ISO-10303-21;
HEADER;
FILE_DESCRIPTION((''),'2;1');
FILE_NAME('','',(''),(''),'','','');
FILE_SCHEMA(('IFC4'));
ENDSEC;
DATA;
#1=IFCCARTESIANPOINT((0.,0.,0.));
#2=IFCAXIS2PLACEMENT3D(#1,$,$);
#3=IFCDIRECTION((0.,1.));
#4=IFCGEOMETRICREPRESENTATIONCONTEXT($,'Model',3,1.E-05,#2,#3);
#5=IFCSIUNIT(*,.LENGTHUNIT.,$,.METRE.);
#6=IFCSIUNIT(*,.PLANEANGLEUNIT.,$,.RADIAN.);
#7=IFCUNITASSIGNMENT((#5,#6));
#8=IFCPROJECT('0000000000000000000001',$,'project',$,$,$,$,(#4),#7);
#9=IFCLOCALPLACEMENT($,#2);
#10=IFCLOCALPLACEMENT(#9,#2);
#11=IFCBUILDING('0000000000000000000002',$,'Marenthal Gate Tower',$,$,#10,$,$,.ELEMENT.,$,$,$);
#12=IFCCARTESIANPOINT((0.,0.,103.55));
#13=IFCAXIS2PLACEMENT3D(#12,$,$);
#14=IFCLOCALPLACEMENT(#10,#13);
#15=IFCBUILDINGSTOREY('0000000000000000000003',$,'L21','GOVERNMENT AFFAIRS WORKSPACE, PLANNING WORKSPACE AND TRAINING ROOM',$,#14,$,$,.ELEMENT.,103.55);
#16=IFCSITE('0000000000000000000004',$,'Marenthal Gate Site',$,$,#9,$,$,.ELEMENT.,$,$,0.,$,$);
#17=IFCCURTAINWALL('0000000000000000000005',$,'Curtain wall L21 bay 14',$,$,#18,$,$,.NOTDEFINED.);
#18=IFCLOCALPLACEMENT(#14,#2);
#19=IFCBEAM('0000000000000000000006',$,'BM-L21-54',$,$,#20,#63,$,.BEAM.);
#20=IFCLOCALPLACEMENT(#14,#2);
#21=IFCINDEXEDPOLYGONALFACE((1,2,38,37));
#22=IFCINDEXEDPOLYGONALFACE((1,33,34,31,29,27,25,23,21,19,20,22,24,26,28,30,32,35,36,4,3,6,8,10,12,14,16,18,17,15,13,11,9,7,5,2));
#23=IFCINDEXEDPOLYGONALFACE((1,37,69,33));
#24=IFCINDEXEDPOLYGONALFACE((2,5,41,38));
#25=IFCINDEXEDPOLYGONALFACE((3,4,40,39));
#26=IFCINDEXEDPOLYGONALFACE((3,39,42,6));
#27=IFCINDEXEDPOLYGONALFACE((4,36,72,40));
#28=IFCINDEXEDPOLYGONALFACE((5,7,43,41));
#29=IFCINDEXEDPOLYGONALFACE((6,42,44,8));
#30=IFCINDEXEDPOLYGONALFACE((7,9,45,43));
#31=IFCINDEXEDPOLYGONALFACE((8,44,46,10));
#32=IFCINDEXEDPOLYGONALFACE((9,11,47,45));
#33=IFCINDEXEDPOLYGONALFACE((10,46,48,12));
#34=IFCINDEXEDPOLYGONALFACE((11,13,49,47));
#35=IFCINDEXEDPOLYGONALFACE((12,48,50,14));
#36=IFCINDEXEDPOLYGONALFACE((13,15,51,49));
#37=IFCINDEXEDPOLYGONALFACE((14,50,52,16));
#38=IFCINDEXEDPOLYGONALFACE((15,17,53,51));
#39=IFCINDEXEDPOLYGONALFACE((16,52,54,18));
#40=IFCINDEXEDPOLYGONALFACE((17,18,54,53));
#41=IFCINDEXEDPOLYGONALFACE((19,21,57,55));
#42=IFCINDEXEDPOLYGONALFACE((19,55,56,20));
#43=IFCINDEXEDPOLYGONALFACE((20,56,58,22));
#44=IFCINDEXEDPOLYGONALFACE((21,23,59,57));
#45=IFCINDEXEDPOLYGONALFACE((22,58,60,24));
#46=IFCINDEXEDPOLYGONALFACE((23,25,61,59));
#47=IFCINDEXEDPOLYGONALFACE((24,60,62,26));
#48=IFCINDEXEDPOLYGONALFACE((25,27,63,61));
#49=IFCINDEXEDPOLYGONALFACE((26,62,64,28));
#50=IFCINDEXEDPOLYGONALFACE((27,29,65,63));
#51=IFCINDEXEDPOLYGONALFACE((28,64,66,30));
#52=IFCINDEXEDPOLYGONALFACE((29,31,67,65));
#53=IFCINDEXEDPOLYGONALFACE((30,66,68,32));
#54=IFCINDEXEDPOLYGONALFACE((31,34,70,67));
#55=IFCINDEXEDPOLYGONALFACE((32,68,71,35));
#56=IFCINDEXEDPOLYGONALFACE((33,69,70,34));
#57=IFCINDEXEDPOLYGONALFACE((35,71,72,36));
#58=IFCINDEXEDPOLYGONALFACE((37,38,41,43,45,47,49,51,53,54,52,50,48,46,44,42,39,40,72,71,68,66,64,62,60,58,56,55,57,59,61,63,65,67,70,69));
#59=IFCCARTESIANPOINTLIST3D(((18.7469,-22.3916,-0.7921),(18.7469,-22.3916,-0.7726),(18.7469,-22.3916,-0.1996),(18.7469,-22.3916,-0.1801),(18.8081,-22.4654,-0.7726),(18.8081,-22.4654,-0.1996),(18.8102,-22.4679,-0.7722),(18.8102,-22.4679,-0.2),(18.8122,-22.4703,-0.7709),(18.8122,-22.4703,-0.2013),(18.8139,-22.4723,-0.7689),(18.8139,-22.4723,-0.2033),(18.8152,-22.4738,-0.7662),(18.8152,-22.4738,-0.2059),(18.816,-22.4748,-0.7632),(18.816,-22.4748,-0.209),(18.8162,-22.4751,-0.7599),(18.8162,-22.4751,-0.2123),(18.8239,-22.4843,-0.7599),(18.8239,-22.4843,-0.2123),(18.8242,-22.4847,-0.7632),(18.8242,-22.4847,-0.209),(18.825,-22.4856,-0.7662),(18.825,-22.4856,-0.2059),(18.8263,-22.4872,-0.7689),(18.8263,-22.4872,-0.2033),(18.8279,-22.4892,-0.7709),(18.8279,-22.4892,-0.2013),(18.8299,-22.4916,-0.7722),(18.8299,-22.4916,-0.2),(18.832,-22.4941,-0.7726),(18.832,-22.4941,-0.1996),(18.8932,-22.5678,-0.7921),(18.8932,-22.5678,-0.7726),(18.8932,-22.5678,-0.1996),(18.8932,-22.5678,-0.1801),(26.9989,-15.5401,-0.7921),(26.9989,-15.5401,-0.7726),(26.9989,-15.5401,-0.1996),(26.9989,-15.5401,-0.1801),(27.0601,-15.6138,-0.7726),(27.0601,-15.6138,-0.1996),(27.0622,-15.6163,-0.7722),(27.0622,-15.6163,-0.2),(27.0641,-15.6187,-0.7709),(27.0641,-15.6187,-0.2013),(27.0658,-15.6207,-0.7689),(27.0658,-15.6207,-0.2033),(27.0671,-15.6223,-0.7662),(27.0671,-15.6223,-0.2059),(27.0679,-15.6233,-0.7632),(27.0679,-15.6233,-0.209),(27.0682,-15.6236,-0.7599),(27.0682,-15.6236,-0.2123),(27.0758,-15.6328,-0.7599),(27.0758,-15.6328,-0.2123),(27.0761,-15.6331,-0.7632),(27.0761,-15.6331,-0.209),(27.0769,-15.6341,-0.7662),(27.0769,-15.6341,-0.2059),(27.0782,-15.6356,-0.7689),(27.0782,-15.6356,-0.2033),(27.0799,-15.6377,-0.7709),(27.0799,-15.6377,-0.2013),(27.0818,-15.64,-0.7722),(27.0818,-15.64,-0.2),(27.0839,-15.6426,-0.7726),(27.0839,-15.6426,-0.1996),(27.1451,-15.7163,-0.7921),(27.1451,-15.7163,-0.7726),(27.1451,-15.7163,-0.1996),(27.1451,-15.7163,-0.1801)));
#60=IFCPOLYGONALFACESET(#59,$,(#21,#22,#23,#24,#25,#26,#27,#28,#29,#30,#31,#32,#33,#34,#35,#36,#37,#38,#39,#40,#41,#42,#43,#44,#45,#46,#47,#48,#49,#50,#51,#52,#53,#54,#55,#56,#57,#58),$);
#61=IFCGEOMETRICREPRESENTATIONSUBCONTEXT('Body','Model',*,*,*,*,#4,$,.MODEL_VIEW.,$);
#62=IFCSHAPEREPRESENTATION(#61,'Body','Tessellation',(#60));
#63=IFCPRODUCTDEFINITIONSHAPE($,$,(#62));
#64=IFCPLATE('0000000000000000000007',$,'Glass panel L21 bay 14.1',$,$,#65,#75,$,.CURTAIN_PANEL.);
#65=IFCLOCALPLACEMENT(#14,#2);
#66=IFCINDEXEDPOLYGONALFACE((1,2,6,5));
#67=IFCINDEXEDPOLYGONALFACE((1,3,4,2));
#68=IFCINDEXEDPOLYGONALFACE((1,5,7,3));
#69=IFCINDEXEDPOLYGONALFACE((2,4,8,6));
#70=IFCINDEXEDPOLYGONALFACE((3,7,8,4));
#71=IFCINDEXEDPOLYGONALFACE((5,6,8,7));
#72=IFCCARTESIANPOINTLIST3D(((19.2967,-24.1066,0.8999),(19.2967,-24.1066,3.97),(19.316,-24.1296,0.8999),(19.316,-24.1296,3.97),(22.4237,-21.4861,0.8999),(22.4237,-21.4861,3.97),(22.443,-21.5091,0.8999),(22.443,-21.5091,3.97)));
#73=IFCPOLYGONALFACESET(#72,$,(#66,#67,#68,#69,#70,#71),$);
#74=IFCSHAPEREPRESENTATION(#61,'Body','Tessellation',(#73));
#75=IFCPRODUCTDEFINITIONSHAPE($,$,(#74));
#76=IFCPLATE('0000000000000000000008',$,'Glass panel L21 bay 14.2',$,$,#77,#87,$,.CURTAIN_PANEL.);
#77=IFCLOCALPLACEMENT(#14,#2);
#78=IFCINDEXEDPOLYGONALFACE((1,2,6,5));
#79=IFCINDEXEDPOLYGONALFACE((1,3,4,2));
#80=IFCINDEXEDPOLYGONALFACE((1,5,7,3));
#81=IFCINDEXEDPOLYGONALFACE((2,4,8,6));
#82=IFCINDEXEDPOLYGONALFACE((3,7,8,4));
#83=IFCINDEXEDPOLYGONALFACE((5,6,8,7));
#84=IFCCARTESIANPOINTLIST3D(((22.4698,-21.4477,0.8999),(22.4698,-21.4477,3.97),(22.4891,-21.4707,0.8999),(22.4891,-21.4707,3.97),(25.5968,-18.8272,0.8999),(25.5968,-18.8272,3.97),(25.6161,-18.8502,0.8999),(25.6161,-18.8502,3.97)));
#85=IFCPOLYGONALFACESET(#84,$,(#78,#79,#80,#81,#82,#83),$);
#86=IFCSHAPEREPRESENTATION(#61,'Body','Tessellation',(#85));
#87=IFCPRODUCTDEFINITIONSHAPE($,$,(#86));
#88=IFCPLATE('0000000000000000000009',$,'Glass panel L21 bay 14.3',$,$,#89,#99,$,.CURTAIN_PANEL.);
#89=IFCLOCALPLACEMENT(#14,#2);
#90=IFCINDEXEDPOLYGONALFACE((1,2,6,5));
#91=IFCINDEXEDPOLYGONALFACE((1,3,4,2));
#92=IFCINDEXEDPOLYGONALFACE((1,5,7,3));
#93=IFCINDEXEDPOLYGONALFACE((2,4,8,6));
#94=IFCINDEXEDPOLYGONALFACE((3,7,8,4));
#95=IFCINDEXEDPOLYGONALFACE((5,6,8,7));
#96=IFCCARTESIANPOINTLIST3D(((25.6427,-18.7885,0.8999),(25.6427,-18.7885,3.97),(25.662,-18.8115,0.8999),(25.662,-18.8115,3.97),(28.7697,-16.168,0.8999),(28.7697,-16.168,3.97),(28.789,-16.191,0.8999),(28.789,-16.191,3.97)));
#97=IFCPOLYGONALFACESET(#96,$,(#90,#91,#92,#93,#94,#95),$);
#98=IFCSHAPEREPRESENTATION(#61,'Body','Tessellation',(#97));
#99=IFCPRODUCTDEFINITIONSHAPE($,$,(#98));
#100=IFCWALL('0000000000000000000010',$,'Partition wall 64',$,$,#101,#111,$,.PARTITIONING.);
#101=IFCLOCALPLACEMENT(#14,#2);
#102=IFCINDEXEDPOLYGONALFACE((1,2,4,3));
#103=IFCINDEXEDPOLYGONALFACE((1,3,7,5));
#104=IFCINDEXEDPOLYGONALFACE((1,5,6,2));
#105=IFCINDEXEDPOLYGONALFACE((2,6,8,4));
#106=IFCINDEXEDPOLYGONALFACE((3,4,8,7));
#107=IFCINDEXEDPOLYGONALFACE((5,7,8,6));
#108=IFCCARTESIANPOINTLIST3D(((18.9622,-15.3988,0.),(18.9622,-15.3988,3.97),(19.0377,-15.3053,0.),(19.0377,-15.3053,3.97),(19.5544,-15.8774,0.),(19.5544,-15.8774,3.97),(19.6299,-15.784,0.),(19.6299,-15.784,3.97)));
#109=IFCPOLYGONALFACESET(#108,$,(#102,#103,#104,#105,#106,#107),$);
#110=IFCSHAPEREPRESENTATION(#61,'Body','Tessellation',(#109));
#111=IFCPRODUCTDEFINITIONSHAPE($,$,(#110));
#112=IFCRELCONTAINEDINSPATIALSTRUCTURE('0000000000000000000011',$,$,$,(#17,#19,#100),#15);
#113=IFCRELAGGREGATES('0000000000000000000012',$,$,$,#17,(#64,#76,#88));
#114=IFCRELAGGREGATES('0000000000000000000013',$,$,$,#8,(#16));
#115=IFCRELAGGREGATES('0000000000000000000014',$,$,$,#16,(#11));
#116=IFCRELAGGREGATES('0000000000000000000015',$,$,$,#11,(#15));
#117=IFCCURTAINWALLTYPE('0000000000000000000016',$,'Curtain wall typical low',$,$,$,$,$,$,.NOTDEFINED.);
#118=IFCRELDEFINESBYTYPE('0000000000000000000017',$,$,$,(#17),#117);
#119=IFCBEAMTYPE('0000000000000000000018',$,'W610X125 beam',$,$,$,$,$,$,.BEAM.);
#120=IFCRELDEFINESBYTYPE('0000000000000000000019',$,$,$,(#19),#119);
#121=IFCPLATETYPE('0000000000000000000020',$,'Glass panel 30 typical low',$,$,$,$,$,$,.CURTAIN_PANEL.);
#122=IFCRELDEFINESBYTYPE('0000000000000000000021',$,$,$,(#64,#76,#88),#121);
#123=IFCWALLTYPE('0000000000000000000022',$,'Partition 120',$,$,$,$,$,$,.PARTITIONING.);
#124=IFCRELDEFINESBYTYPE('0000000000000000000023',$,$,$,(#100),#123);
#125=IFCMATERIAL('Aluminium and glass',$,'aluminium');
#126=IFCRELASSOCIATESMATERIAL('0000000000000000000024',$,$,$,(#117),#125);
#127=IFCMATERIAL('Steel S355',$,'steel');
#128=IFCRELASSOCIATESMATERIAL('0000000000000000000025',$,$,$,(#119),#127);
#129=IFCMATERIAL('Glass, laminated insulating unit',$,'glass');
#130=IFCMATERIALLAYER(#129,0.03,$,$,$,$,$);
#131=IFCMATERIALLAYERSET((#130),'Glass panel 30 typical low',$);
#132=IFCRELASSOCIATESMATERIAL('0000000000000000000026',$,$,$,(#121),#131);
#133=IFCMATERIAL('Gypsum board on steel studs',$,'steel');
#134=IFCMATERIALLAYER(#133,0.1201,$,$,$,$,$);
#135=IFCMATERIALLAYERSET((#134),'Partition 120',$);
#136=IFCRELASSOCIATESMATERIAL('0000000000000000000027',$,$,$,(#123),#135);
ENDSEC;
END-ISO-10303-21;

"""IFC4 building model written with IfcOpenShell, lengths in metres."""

from ifc_helpers import new_model, si_unit, direction, frame, frame_2d, origin, origin_2d, place, context, subcontext, project, spatial, rectangle, i_section, extrude, material, layer, layer_set, material_profile, profile_set, type_object, element, aggregate, save


model = new_model("IFC4")

# Units and contexts
model_context = context("Model", 3, precision=1e-05, world=origin(), true_north=direction((0.0, 1.0)))
body_context = subcontext(model_context, "Body", "Model", "MODEL_VIEW")
ifc_project = project(units=[si_unit("LENGTHUNIT", "METRE"), si_unit("PLANEANGLEUNIT", "RADIAN")], contexts=[model_context])

# Site, building, storey
site_placement = place(None, origin())
site = spatial("IfcSite", under=ifc_project, at=site_placement, Name="Marenthal Gate Site", CompositionType="ELEMENT", RefElevation=0.0)
building_placement = place(site_placement, origin())
building = spatial("IfcBuilding", under=site, at=building_placement, Name="Marenthal Gate Tower", CompositionType="ELEMENT")
storey_placement = place(building_placement, frame((0.0, 0.0, 103.55)))
storey = spatial("IfcBuildingStorey", under=building, at=storey_placement, Name="L21", Description="GOVERNMENT AFFAIRS WORKSPACE, PLANNING WORKSPACE AND TRAINING ROOM", CompositionType="ELEMENT", Elevation=103.55)

# Curtain wall
ifc_material_1 = material(Name="Aluminium and glass", Category="aluminium")
curtain_wall_type = type_object("IfcCurtainWallType", Name="Curtain wall typical low", PredefinedType="NOTDEFINED", material=ifc_material_1)
curtain_wall_placement = place(storey_placement, origin())
curtain_wall = element("IfcCurtainWall", 1, at=curtain_wall_placement, inside=storey, type_object=curtain_wall_type, Name="Curtain wall L21 bay 14", PredefinedType="NOTDEFINED")

# Beam
ifc_material_2 = material(Name="Steel S355", Category="steel")
ifc_material_profile_1 = material_profile(ifc_material_2, i_section(OverallWidth=0.229, OverallDepth=0.6121, WebThickness=0.012, FlangeThickness=0.0195, FilletRadius=0.0127, at=origin_2d()), Name="W610X125")
ifc_profile_set_1 = profile_set([ifc_material_profile_1], Name="Steel S355")
beam_type_1 = type_object("IfcBeamType", Name="W610X125 beam", PredefinedType="BEAM", material=ifc_profile_set_1)
beam_1_placement = place(storey_placement, frame((18.8201, -22.4797, -0.4861), z_axis=(0.769369, 0.638804, 0.0), x_axis=(-0.638804, 0.769369, 0.0)))
element("IfcBeam", 2, at=beam_1_placement, inside=storey, type_object=beam_type_1, Name="BM-L21-54", PredefinedType="BEAM", context=body_context, shape_type="SweptSolid", body=[
    extrude(i_section(OverallWidth=0.229, OverallDepth=0.6121, WebThickness=0.012, FlangeThickness=0.0195, FilletRadius=0.0127, at=origin_2d()), origin(), (0.0, 0.0, 1.0), 10.7256),
])

# Plates
ifc_material_3 = material(Name="Glass, laminated insulating unit", Category="glass")
ifc_layer_1 = layer(ifc_material_3, 0.03)
ifc_layer_set_1 = layer_set([ifc_layer_1], Name="Glass panel 30 typical low")
plate_type = type_object("IfcPlateType", Name="Glass panel 30 typical low", PredefinedType="CURTAIN_PANEL", material=ifc_layer_set_1)
plate_1_placement = place(storey_placement, frame((20.8699, -22.8079, 0.8999), z_axis=(0.0, 0.0, 1.0), x_axis=(0.766447, 0.642308, 0.0)))
plate_1 = element("IfcPlate", 3, at=plate_1_placement, type_object=plate_type, Name="Glass panel L21 bay 14.1", PredefinedType="CURTAIN_PANEL", context=body_context, shape_type="SweptSolid", body=[
    extrude(rectangle(XDim=4.0798, YDim=0.03, at=origin_2d()), origin(), (0.0, 0.0, 1.0), 3.0701),
])
plate_2_placement = place(storey_placement, frame((24.043, -20.1489, 0.8999), z_axis=(0.0, 0.0, 1.0), x_axis=(0.766447, 0.642308, 0.0)))
plate_2 = element("IfcPlate", 4, at=plate_2_placement, type_object=plate_type, Name="Glass panel L21 bay 14.2", PredefinedType="CURTAIN_PANEL", context=body_context, shape_type="SweptSolid", body=[
    extrude(rectangle(XDim=4.0798, YDim=0.03, at=origin_2d()), origin(), (0.0, 0.0, 1.0), 3.0701),
])
plate_3_placement = place(storey_placement, frame((27.2158, -17.4897, 0.8999), z_axis=(0.0, 0.0, 1.0), x_axis=(0.766447, 0.642308, 0.0)))
plate_3 = element("IfcPlate", 5, at=plate_3_placement, type_object=plate_type, Name="Glass panel L21 bay 14.3", PredefinedType="CURTAIN_PANEL", context=body_context, shape_type="SweptSolid", body=[
    extrude(rectangle(XDim=4.0798, YDim=0.03, at=origin_2d()), origin(), (0.0, 0.0, 1.0), 3.0701),
])
aggregate(curtain_wall, [plate_1, plate_2, plate_3])

# Wall
ifc_material_4 = material(Name="Gypsum board on steel studs", Category="steel")
ifc_layer_2 = layer(ifc_material_4, 0.1201)
ifc_layer_set_2 = layer_set([ifc_layer_2], Name="Partition 120")
wall_type_1 = type_object("IfcWallType", Name="Partition 120", PredefinedType="PARTITIONING", material=ifc_layer_set_2)
wall_1_placement = place(storey_placement, frame((19.5923, -15.8308, 0.0), z_axis=(0.0, 0.0, 1.0), x_axis=(-0.7777, 0.628636, 0.0)))
element("IfcWall", 6, at=wall_1_placement, inside=storey, type_object=wall_type_1, Name="Partition wall 64", PredefinedType="PARTITIONING", context=body_context, shape_type="SweptSolid", body=[
    extrude(rectangle(XDim=0.7615, YDim=0.1201, at=frame_2d((0.3809, 0.0))), origin(), (0.0, 0.0, 1.0), 3.97),
])

save(model, "model.ifc")
